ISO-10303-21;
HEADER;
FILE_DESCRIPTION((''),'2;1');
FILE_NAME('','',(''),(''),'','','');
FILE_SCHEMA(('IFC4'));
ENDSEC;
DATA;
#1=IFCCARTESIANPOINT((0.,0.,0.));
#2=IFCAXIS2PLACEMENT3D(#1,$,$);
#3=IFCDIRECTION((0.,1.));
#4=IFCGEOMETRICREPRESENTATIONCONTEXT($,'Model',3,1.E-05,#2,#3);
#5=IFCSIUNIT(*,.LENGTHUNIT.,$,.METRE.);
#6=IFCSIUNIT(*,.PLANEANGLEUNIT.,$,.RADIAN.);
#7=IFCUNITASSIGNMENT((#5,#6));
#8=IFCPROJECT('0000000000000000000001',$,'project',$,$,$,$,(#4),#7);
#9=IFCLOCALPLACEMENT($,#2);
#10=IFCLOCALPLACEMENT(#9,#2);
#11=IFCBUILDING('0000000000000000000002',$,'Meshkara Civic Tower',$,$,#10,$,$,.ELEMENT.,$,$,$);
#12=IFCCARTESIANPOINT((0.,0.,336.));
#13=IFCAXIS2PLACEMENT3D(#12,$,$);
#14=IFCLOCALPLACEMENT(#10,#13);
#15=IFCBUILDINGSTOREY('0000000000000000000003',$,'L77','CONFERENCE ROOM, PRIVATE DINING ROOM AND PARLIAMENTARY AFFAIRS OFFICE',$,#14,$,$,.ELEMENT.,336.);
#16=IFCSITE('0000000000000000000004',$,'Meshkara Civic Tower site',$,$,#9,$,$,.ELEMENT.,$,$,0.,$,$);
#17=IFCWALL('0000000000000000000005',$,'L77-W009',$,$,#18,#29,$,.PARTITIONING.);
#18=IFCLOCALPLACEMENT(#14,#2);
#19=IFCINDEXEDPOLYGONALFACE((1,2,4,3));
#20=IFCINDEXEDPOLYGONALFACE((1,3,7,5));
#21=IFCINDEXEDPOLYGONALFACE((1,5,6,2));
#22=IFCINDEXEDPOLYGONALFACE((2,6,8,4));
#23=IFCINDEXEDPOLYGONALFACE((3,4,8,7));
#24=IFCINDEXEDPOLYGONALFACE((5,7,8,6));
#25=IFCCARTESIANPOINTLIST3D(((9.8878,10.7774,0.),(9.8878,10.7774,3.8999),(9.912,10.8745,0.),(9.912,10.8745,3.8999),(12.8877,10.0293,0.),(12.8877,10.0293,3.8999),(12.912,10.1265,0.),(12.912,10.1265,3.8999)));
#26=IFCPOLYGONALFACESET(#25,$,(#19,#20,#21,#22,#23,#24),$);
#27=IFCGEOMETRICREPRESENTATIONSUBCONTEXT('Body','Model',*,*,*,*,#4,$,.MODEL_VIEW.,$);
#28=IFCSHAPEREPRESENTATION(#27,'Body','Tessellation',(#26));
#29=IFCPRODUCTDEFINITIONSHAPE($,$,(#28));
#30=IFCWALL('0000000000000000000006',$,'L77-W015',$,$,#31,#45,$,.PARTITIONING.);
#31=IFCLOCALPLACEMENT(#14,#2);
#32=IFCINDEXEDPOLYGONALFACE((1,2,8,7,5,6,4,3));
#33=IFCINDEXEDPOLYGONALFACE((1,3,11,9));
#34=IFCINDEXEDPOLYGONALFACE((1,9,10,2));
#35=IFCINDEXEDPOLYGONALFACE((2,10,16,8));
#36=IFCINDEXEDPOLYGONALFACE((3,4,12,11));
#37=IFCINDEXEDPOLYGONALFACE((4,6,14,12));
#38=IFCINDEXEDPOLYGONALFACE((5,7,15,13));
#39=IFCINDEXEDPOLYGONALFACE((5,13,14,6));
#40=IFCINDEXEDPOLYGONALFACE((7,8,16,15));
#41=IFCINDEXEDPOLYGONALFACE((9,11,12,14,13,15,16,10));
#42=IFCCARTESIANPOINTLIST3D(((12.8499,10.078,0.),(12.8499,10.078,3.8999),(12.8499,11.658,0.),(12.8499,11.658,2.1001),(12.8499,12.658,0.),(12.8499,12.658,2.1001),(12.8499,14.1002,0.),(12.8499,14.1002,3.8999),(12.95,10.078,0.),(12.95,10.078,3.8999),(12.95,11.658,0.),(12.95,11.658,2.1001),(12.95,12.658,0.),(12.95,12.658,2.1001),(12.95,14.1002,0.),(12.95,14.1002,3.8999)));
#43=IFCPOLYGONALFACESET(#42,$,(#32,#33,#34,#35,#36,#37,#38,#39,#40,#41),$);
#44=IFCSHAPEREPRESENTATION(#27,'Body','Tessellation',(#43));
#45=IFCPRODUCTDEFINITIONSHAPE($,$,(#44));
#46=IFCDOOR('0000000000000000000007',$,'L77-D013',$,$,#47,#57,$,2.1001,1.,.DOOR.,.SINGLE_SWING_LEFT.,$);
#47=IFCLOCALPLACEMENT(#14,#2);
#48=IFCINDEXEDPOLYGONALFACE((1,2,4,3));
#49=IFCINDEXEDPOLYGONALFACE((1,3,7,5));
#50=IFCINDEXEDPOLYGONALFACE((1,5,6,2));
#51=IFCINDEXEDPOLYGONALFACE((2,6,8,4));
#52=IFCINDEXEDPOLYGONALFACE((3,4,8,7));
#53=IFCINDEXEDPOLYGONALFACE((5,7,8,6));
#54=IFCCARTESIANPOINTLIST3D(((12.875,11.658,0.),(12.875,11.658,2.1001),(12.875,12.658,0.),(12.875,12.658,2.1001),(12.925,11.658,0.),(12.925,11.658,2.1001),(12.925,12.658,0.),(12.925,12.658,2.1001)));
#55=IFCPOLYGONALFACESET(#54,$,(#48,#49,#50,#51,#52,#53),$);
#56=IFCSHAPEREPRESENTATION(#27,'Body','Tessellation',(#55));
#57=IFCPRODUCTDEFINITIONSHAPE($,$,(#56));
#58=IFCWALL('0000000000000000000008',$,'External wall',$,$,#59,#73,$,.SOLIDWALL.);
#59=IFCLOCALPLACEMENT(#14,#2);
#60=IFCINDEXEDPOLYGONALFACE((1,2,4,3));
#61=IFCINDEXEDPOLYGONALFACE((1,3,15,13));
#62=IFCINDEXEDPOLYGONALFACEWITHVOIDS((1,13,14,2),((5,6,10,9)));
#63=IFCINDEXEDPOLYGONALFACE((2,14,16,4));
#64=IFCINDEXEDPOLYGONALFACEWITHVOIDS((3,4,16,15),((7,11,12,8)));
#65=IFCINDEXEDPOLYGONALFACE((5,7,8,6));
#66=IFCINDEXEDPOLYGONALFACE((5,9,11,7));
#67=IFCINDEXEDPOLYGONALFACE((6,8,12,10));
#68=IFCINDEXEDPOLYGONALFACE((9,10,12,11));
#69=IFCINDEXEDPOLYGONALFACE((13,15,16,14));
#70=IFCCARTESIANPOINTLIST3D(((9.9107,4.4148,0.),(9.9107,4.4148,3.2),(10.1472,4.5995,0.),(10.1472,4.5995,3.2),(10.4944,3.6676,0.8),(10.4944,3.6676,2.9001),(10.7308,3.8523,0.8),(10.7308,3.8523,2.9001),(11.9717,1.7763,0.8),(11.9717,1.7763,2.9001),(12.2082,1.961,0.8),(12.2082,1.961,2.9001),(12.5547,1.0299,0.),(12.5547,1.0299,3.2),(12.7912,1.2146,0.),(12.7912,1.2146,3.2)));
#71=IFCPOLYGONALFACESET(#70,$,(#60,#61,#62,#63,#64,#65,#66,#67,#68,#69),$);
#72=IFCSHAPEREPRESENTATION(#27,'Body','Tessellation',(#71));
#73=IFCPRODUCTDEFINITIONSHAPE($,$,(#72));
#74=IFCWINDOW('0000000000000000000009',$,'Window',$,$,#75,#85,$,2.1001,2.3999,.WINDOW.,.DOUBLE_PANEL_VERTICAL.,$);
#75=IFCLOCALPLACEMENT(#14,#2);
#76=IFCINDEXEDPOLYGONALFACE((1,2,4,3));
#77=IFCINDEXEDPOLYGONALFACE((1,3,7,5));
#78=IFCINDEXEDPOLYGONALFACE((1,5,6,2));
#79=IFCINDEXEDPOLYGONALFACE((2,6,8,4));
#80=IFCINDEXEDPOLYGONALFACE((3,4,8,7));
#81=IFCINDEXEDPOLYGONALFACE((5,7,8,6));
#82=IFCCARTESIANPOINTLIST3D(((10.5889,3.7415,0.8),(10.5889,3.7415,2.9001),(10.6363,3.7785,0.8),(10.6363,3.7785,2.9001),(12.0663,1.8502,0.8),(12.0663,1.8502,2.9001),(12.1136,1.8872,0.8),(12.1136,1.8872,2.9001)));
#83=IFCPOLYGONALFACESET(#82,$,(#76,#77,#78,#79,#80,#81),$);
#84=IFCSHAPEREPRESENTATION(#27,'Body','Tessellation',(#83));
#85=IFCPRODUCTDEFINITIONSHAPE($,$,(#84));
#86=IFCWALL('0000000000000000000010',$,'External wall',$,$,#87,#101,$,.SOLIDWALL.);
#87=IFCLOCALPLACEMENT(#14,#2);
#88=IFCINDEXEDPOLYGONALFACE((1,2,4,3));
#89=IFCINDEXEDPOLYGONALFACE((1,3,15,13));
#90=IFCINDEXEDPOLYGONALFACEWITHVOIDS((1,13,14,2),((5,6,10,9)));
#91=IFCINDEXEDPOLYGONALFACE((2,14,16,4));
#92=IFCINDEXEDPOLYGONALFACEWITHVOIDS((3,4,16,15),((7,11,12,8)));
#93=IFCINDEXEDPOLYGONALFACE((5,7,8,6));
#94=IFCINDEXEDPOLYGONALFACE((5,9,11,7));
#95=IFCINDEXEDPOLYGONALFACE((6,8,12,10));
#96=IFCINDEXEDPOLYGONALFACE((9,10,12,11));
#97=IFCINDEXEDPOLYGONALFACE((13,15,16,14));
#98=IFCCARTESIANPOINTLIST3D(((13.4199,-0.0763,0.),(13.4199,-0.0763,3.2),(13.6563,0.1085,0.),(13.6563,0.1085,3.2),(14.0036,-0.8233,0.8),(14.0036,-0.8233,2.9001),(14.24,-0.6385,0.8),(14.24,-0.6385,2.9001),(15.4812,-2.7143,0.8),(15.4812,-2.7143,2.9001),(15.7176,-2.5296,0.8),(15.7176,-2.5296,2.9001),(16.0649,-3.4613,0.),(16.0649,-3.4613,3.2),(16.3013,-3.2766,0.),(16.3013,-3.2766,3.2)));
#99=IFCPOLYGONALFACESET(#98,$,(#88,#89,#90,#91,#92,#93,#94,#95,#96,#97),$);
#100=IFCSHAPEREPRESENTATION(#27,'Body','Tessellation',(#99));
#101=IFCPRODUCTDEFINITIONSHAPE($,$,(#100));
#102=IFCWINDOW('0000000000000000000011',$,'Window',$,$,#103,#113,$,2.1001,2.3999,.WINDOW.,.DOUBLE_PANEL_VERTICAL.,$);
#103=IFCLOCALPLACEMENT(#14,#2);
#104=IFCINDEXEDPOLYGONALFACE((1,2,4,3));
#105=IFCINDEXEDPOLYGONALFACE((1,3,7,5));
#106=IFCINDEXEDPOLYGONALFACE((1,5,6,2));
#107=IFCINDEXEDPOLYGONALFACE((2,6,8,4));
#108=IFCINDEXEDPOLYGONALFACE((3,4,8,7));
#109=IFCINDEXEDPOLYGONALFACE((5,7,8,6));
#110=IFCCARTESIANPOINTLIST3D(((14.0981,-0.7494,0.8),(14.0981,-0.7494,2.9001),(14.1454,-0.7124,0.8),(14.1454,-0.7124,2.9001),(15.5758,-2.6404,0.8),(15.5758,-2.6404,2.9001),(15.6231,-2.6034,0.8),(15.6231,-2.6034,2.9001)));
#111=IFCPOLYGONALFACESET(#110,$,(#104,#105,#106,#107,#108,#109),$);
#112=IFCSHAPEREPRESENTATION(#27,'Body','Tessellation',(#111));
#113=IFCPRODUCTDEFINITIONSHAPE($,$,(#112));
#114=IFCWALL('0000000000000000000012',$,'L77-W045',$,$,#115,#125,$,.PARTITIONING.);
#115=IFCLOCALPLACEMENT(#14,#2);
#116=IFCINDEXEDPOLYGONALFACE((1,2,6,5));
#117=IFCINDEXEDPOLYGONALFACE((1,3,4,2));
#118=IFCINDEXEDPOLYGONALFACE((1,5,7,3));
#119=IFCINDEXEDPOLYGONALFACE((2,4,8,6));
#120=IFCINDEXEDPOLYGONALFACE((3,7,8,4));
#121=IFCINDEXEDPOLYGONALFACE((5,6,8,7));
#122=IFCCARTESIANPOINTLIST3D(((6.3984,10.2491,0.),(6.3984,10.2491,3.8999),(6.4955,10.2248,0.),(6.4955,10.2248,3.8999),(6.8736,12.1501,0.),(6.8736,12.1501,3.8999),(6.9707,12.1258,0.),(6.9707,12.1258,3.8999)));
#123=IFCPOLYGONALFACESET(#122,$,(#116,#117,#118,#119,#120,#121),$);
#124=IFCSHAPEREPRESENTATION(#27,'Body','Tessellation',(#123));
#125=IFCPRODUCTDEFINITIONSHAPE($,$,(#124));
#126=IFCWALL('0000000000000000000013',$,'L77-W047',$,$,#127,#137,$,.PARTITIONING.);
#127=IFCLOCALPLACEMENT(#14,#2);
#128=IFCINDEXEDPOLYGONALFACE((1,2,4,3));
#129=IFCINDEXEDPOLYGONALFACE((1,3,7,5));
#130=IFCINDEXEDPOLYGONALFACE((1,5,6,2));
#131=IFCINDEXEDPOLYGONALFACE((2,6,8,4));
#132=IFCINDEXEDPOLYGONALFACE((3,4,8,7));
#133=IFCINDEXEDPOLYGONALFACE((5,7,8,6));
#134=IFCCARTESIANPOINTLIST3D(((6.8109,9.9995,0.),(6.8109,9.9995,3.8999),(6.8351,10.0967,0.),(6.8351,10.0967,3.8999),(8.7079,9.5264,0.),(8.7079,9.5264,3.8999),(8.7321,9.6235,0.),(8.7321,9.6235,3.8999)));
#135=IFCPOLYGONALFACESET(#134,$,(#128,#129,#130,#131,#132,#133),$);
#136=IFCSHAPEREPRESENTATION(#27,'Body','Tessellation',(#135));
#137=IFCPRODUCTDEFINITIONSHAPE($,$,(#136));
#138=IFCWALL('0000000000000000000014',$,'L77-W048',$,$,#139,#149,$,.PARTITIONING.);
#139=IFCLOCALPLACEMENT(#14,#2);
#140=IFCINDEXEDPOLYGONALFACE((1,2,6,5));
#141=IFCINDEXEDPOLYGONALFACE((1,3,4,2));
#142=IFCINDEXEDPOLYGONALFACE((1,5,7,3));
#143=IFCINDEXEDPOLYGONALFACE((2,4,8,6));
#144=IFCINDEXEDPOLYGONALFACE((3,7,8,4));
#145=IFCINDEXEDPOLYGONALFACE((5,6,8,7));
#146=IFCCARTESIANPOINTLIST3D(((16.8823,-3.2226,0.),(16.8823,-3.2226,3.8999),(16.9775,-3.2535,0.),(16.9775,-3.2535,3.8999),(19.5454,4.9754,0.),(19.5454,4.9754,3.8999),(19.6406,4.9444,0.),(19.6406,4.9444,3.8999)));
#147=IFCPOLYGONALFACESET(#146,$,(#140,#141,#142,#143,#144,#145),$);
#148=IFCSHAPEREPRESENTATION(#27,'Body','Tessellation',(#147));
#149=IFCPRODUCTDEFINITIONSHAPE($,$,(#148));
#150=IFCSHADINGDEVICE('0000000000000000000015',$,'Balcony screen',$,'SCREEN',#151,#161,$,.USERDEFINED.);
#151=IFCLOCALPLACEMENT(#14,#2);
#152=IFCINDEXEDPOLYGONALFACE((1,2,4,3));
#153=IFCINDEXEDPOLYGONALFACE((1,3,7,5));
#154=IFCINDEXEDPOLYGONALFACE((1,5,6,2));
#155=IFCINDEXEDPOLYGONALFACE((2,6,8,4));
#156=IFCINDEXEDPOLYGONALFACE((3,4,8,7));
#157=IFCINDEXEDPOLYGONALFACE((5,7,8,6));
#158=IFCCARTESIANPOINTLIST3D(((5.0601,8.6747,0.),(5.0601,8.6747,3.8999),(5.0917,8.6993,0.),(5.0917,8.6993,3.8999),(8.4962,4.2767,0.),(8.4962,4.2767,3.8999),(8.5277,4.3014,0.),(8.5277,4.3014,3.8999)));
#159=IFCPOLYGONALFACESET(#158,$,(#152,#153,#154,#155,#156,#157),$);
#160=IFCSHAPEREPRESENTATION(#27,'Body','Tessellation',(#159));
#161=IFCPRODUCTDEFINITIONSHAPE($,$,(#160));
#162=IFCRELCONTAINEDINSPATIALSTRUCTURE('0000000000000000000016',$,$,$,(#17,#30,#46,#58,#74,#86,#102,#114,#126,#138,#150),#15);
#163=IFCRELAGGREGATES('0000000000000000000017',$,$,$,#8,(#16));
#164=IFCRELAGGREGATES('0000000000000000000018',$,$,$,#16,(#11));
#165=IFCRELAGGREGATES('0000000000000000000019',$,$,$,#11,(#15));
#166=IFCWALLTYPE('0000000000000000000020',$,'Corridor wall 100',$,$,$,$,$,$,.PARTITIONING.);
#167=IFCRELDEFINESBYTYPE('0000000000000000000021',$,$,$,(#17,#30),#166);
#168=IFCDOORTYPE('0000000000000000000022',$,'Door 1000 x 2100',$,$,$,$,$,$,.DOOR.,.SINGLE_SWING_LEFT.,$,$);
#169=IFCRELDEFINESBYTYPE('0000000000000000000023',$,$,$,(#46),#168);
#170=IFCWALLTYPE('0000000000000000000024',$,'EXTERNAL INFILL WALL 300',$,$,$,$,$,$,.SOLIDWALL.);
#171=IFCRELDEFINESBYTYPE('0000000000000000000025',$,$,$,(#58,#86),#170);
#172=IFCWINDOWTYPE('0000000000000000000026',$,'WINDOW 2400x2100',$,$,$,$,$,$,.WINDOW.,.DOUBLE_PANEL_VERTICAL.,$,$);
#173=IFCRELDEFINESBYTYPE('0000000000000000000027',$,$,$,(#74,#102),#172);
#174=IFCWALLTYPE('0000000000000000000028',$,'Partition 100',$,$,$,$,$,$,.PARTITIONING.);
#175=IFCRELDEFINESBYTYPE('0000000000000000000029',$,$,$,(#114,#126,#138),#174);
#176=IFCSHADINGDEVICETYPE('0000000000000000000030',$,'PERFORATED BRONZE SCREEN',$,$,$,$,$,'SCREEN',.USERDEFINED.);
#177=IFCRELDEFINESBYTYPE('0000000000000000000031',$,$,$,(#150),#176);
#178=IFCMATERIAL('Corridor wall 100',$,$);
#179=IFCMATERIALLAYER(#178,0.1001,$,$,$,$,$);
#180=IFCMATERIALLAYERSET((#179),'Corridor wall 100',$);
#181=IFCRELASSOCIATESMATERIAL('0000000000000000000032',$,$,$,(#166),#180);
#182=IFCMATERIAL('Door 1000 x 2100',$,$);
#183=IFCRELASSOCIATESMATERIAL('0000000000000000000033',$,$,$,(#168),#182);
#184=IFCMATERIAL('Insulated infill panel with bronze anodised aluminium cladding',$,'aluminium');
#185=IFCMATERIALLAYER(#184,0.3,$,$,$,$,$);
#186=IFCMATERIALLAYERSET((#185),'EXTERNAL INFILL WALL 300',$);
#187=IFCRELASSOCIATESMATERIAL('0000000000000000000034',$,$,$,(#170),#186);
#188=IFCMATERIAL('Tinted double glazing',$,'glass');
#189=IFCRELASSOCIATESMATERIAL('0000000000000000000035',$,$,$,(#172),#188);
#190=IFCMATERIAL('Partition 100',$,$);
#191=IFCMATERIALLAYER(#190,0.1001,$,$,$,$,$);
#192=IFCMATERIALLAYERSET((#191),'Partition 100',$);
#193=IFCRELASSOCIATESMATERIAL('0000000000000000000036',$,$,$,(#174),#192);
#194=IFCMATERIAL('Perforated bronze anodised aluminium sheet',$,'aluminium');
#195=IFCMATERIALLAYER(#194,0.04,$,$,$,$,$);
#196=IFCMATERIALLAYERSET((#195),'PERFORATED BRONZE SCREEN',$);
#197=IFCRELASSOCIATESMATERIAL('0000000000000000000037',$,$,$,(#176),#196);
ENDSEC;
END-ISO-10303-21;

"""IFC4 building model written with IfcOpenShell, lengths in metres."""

from ifc_helpers import new_model, si_unit, direction, frame, frame_2d, origin, origin_2d, place, context, subcontext, project, spatial, rectangle, extrude, material, layer, layer_set, type_object, element, fill, save


model = new_model("IFC4")

# Units and contexts
model_context = context("Model", 3, precision=1e-05, world=origin(), true_north=direction((0.0, 1.0)))
body_context = subcontext(model_context, "Body", "Model", "MODEL_VIEW")
ifc_project = project(units=[si_unit("LENGTHUNIT", "METRE"), si_unit("PLANEANGLEUNIT", "RADIAN")], contexts=[model_context])

# Site, building, storey
site_placement = place(None, origin())
site = spatial("IfcSite", under=ifc_project, at=site_placement, Name="Meshkara Civic Tower site", CompositionType="ELEMENT", RefElevation=0.0)
building_placement = place(site_placement, origin())
building = spatial("IfcBuilding", under=site, at=building_placement, Name="Meshkara Civic Tower", CompositionType="ELEMENT")
storey_placement = place(building_placement, frame((0.0, 0.0, 336.0)))
storey = spatial("IfcBuildingStorey", under=building, at=storey_placement, Name="L77", Description="CONFERENCE ROOM, PRIVATE DINING ROOM AND PARLIAMENTARY AFFAIRS OFFICE", CompositionType="ELEMENT", Elevation=336.0)

# Shared definitions
ifc_material_1 = material(Name="Corridor wall 100")
ifc_layer_1 = layer(ifc_material_1, 0.1001)
ifc_layer_set_1 = layer_set([ifc_layer_1], Name="Corridor wall 100")
wall_type_1 = type_object("IfcWallType", Name="Corridor wall 100", PredefinedType="PARTITIONING", material=ifc_layer_set_1)
ifc_material_2 = material(Name="Door 1000 x 2100")
door_type_1 = type_object("IfcDoorType", Name="Door 1000 x 2100", OperationType="SINGLE_SWING_LEFT", PredefinedType="DOOR", material=ifc_material_2)

# Wall
wall_1_placement = place(storey_placement, frame((9.8999, 10.8259, 0.0), z_axis=(0.0, 0.0, 1.0), x_axis=(0.970291, -0.241941, 0.0)))
element("IfcWall", 1, at=wall_1_placement, inside=storey, type_object=wall_type_1, Name="L77-W009", PredefinedType="PARTITIONING", context=body_context, shape_type="SweptSolid", body=[
    extrude(rectangle(XDim=3.0918, YDim=0.1001, at=frame_2d((1.5459, 0.0))), origin(), (0.0, 0.0, 1.0), 3.8999),
])

# Wall, opening, door
wall_2_placement = place(storey_placement, frame((12.8999, 10.0779, 0.0), z_axis=(0.0, 0.0, 1.0), x_axis=(0.0, 1.0, 0.0)))
wall_2 = element("IfcWall", 2, at=wall_2_placement, inside=storey, type_object=wall_type_1, Name="L77-W015", PredefinedType="PARTITIONING", context=body_context, shape_type="SweptSolid", body=[
    extrude(rectangle(XDim=4.0222, YDim=0.1001, at=frame_2d((2.0112, 0.0))), origin(), (0.0, 0.0, 1.0), 3.8999),
])
opening_1_placement = place(wall_2_placement, frame((1.5801, 0.0, 0.0)))
opening_1 = element("IfcOpeningElement", 3, at=opening_1_placement, cuts=wall_2, PredefinedType="OPENING", context=body_context, shape_type="SweptSolid", body=[
    extrude(rectangle(XDim=1.0, YDim=2.1001, at=frame_2d((0.5, 1.05))), frame((0.0, 0.0601, 0.0), z_axis=(0.0, -1.0, 0.0), x_axis=(1.0, 0.0, 0.0)), (0.0, 0.0, 1.0), 0.1201),
])
door_1_placement = place(opening_1_placement, origin())
door_1 = element("IfcDoor", 4, at=door_1_placement, inside=storey, type_object=door_type_1, Name="L77-D013", OperationType="SINGLE_SWING_LEFT", OverallHeight=2.1001, OverallWidth=1.0, PredefinedType="DOOR", context=body_context, shape_type="SweptSolid", body=[
    extrude(rectangle(XDim=1.0, YDim=2.1001, at=frame_2d((0.5, 1.05))), frame((0.0, 0.0249, 0.0), z_axis=(0.0, -1.0, 0.0), x_axis=(1.0, 0.0, 0.0)), (0.0, 0.0, 1.0), 0.05),
])
fill(opening_1, door_1)

# Walls, openings, windows
ifc_material_3 = material(Name="Insulated infill panel with bronze anodised aluminium cladding", Category="aluminium")
ifc_layer_2 = layer(ifc_material_3, 0.3)
ifc_layer_set_2 = layer_set([ifc_layer_2], Name="EXTERNAL INFILL WALL 300")
wall_type_2 = type_object("IfcWallType", Name="EXTERNAL INFILL WALL 300", PredefinedType="SOLIDWALL", material=ifc_layer_set_2)
wall_3_placement = place(storey_placement, frame((10.0291, 4.5071, 0.0), z_axis=(0.0, 0.0, 1.0), x_axis=(0.615572, -0.78808, 0.0)))
wall_3 = element("IfcWall", 5, at=wall_3_placement, inside=storey, type_object=wall_type_2, Name="External wall", PredefinedType="SOLIDWALL", context=body_context, shape_type="SweptSolid", body=[
    extrude(rectangle(XDim=4.2952, YDim=0.3, at=frame_2d((2.1475, 0.0))), origin(), (0.0, 0.0, 1.0), 3.2),
])
opening_2_placement = place(wall_3_placement, frame((0.948, 0.0, 0.8)))
opening_2 = element("IfcOpeningElement", 6, at=opening_2_placement, cuts=wall_3, PredefinedType="OPENING", context=body_context, shape_type="SweptSolid", body=[
    extrude(rectangle(XDim=2.3999, YDim=2.1001, at=frame_2d((1.2, 1.05))), frame((0.0, 0.1599, 0.0), z_axis=(0.0, -1.0, 0.0), x_axis=(1.0, 0.0, 0.0)), (0.0, 0.0, 1.0), 0.3201),
])
ifc_material_4 = material(Name="Tinted double glazing", Category="glass")
window_type = type_object("IfcWindowType", Name="WINDOW 2400x2100", PartitioningType="DOUBLE_PANEL_VERTICAL", PredefinedType="WINDOW", material=ifc_material_4)
window_1_placement = place(opening_2_placement, origin())
window_1 = element("IfcWindow", 7, at=window_1_placement, inside=storey, type_object=window_type, Name="Window", OverallHeight=2.1001, OverallWidth=2.3999, PartitioningType="DOUBLE_PANEL_VERTICAL", PredefinedType="WINDOW", context=body_context, shape_type="SweptSolid", body=[
    extrude(rectangle(XDim=2.3999, YDim=2.1001, at=frame_2d((1.2, 1.05))), frame((0.0, 0.03, 0.0), z_axis=(0.0, -1.0, 0.0), x_axis=(1.0, 0.0, 0.0)), (0.0, 0.0, 1.0), 0.0601),
])
fill(opening_2, window_1)
wall_4_placement = place(storey_placement, frame((13.5381, 0.0161, 0.0), z_axis=(0.0, 0.0, 1.0), x_axis=(0.615714, -0.78797, 0.0)))
wall_4 = element("IfcWall", 8, at=wall_4_placement, inside=storey, type_object=wall_type_2, Name="External wall", PredefinedType="SOLIDWALL", context=body_context, shape_type="SweptSolid", body=[
    extrude(rectangle(XDim=4.2959, YDim=0.3, at=frame_2d((2.1479, 0.0))), origin(), (0.0, 0.0, 1.0), 3.2),
])
opening_3_placement = place(wall_4_placement, frame((0.948, 0.0, 0.8)))
opening_3 = element("IfcOpeningElement", 9, at=opening_3_placement, cuts=wall_4, PredefinedType="OPENING", context=body_context, shape_type="SweptSolid", body=[
    extrude(rectangle(XDim=2.3999, YDim=2.1001, at=frame_2d((1.2, 1.05))), frame((0.0, 0.1599, 0.0), z_axis=(0.0, -1.0, 0.0), x_axis=(1.0, 0.0, 0.0)), (0.0, 0.0, 1.0), 0.3201),
])
window_2_placement = place(opening_3_placement, origin())
window_2 = element("IfcWindow", 10, at=window_2_placement, inside=storey, type_object=window_type, Name="Window", OverallHeight=2.1001, OverallWidth=2.3999, PartitioningType="DOUBLE_PANEL_VERTICAL", PredefinedType="WINDOW", context=body_context, shape_type="SweptSolid", body=[
    extrude(rectangle(XDim=2.3999, YDim=2.1001, at=frame_2d((1.2, 1.05))), frame((0.0, 0.03, 0.0), z_axis=(0.0, -1.0, 0.0), x_axis=(1.0, 0.0, 0.0)), (0.0, 0.0, 1.0), 0.0601),
])
fill(opening_3, window_2)

# Walls
ifc_material_5 = material(Name="Partition 100")
ifc_layer_3 = layer(ifc_material_5, 0.1001)
ifc_layer_set_3 = layer_set([ifc_layer_3], Name="Partition 100")
wall_type_3 = type_object("IfcWallType", Name="Partition 100", PredefinedType="PARTITIONING", material=ifc_layer_set_3)
wall_5_placement = place(storey_placement, frame((6.9221, 12.1379, 0.0), z_axis=(0.0, 0.0, 1.0), x_axis=(-0.242477, -0.970157, 0.0)))
element("IfcWall", 11, at=wall_5_placement, inside=storey, type_object=wall_type_3, Name="L77-W045", PredefinedType="PARTITIONING", context=body_context, shape_type="SweptSolid", body=[
    extrude(rectangle(XDim=1.9595, YDim=0.1001, at=frame_2d((0.9797, 0.0))), origin(), (0.0, 0.0, 1.0), 3.8999),
])
wall_6_placement = place(storey_placement, frame((8.72, 9.575, 0.0), z_axis=(0.0, 0.0, 1.0), x_axis=(-0.970275, 0.242007, 0.0)))
element("IfcWall", 12, at=wall_6_placement, inside=storey, type_object=wall_type_3, Name="L77-W047", PredefinedType="PARTITIONING", context=body_context, shape_type="SweptSolid", body=[
    extrude(rectangle(XDim=1.9551, YDim=0.1001, at=frame_2d((0.9775, 0.0))), origin(), (0.0, 0.0, 1.0), 3.8999),
])
wall_7_placement = place(storey_placement, frame((16.9299, -3.238, 0.0), z_axis=(0.0, 0.0, 1.0), x_axis=(0.308953, 0.951077, 0.0)))
element("IfcWall", 13, at=wall_7_placement, inside=storey, type_object=wall_type_3, Name="L77-W048", PredefinedType="PARTITIONING", context=body_context, shape_type="SweptSolid", body=[
    extrude(rectangle(XDim=8.6196, YDim=0.1001, at=frame_2d((4.3098, 0.0))), origin(), (0.0, 0.0, 1.0), 3.8999),
])

# Shading device
ifc_material_6 = material(Name="Perforated bronze anodised aluminium sheet", Category="aluminium")
ifc_layer_4 = layer(ifc_material_6, 0.04)
ifc_layer_set_4 = layer_set([ifc_layer_4], Name="PERFORATED BRONZE SCREEN")
shading_device_type = type_object("IfcShadingDeviceType", Name="PERFORATED BRONZE SCREEN", ElementType="SCREEN", PredefinedType="USERDEFINED", material=ifc_layer_set_4)
shading_device_placement = place(storey_placement, frame((6.7939, 6.488, 0.0), z_axis=(0.0, 0.0, 1.0), x_axis=(0.615661, -0.788011, 0.0)))
element("IfcShadingDevice", 14, at=shading_device_placement, inside=storey, type_object=shading_device_type, Name="Balcony screen", ObjectType="SCREEN", PredefinedType="USERDEFINED", context=body_context, shape_type="SweptSolid", body=[
    extrude(rectangle(XDim=5.5811, YDim=0.04, at=origin_2d()), origin(), (0.0, 0.0, 1.0), 3.8999),
])

save(model, "model.ifc")
